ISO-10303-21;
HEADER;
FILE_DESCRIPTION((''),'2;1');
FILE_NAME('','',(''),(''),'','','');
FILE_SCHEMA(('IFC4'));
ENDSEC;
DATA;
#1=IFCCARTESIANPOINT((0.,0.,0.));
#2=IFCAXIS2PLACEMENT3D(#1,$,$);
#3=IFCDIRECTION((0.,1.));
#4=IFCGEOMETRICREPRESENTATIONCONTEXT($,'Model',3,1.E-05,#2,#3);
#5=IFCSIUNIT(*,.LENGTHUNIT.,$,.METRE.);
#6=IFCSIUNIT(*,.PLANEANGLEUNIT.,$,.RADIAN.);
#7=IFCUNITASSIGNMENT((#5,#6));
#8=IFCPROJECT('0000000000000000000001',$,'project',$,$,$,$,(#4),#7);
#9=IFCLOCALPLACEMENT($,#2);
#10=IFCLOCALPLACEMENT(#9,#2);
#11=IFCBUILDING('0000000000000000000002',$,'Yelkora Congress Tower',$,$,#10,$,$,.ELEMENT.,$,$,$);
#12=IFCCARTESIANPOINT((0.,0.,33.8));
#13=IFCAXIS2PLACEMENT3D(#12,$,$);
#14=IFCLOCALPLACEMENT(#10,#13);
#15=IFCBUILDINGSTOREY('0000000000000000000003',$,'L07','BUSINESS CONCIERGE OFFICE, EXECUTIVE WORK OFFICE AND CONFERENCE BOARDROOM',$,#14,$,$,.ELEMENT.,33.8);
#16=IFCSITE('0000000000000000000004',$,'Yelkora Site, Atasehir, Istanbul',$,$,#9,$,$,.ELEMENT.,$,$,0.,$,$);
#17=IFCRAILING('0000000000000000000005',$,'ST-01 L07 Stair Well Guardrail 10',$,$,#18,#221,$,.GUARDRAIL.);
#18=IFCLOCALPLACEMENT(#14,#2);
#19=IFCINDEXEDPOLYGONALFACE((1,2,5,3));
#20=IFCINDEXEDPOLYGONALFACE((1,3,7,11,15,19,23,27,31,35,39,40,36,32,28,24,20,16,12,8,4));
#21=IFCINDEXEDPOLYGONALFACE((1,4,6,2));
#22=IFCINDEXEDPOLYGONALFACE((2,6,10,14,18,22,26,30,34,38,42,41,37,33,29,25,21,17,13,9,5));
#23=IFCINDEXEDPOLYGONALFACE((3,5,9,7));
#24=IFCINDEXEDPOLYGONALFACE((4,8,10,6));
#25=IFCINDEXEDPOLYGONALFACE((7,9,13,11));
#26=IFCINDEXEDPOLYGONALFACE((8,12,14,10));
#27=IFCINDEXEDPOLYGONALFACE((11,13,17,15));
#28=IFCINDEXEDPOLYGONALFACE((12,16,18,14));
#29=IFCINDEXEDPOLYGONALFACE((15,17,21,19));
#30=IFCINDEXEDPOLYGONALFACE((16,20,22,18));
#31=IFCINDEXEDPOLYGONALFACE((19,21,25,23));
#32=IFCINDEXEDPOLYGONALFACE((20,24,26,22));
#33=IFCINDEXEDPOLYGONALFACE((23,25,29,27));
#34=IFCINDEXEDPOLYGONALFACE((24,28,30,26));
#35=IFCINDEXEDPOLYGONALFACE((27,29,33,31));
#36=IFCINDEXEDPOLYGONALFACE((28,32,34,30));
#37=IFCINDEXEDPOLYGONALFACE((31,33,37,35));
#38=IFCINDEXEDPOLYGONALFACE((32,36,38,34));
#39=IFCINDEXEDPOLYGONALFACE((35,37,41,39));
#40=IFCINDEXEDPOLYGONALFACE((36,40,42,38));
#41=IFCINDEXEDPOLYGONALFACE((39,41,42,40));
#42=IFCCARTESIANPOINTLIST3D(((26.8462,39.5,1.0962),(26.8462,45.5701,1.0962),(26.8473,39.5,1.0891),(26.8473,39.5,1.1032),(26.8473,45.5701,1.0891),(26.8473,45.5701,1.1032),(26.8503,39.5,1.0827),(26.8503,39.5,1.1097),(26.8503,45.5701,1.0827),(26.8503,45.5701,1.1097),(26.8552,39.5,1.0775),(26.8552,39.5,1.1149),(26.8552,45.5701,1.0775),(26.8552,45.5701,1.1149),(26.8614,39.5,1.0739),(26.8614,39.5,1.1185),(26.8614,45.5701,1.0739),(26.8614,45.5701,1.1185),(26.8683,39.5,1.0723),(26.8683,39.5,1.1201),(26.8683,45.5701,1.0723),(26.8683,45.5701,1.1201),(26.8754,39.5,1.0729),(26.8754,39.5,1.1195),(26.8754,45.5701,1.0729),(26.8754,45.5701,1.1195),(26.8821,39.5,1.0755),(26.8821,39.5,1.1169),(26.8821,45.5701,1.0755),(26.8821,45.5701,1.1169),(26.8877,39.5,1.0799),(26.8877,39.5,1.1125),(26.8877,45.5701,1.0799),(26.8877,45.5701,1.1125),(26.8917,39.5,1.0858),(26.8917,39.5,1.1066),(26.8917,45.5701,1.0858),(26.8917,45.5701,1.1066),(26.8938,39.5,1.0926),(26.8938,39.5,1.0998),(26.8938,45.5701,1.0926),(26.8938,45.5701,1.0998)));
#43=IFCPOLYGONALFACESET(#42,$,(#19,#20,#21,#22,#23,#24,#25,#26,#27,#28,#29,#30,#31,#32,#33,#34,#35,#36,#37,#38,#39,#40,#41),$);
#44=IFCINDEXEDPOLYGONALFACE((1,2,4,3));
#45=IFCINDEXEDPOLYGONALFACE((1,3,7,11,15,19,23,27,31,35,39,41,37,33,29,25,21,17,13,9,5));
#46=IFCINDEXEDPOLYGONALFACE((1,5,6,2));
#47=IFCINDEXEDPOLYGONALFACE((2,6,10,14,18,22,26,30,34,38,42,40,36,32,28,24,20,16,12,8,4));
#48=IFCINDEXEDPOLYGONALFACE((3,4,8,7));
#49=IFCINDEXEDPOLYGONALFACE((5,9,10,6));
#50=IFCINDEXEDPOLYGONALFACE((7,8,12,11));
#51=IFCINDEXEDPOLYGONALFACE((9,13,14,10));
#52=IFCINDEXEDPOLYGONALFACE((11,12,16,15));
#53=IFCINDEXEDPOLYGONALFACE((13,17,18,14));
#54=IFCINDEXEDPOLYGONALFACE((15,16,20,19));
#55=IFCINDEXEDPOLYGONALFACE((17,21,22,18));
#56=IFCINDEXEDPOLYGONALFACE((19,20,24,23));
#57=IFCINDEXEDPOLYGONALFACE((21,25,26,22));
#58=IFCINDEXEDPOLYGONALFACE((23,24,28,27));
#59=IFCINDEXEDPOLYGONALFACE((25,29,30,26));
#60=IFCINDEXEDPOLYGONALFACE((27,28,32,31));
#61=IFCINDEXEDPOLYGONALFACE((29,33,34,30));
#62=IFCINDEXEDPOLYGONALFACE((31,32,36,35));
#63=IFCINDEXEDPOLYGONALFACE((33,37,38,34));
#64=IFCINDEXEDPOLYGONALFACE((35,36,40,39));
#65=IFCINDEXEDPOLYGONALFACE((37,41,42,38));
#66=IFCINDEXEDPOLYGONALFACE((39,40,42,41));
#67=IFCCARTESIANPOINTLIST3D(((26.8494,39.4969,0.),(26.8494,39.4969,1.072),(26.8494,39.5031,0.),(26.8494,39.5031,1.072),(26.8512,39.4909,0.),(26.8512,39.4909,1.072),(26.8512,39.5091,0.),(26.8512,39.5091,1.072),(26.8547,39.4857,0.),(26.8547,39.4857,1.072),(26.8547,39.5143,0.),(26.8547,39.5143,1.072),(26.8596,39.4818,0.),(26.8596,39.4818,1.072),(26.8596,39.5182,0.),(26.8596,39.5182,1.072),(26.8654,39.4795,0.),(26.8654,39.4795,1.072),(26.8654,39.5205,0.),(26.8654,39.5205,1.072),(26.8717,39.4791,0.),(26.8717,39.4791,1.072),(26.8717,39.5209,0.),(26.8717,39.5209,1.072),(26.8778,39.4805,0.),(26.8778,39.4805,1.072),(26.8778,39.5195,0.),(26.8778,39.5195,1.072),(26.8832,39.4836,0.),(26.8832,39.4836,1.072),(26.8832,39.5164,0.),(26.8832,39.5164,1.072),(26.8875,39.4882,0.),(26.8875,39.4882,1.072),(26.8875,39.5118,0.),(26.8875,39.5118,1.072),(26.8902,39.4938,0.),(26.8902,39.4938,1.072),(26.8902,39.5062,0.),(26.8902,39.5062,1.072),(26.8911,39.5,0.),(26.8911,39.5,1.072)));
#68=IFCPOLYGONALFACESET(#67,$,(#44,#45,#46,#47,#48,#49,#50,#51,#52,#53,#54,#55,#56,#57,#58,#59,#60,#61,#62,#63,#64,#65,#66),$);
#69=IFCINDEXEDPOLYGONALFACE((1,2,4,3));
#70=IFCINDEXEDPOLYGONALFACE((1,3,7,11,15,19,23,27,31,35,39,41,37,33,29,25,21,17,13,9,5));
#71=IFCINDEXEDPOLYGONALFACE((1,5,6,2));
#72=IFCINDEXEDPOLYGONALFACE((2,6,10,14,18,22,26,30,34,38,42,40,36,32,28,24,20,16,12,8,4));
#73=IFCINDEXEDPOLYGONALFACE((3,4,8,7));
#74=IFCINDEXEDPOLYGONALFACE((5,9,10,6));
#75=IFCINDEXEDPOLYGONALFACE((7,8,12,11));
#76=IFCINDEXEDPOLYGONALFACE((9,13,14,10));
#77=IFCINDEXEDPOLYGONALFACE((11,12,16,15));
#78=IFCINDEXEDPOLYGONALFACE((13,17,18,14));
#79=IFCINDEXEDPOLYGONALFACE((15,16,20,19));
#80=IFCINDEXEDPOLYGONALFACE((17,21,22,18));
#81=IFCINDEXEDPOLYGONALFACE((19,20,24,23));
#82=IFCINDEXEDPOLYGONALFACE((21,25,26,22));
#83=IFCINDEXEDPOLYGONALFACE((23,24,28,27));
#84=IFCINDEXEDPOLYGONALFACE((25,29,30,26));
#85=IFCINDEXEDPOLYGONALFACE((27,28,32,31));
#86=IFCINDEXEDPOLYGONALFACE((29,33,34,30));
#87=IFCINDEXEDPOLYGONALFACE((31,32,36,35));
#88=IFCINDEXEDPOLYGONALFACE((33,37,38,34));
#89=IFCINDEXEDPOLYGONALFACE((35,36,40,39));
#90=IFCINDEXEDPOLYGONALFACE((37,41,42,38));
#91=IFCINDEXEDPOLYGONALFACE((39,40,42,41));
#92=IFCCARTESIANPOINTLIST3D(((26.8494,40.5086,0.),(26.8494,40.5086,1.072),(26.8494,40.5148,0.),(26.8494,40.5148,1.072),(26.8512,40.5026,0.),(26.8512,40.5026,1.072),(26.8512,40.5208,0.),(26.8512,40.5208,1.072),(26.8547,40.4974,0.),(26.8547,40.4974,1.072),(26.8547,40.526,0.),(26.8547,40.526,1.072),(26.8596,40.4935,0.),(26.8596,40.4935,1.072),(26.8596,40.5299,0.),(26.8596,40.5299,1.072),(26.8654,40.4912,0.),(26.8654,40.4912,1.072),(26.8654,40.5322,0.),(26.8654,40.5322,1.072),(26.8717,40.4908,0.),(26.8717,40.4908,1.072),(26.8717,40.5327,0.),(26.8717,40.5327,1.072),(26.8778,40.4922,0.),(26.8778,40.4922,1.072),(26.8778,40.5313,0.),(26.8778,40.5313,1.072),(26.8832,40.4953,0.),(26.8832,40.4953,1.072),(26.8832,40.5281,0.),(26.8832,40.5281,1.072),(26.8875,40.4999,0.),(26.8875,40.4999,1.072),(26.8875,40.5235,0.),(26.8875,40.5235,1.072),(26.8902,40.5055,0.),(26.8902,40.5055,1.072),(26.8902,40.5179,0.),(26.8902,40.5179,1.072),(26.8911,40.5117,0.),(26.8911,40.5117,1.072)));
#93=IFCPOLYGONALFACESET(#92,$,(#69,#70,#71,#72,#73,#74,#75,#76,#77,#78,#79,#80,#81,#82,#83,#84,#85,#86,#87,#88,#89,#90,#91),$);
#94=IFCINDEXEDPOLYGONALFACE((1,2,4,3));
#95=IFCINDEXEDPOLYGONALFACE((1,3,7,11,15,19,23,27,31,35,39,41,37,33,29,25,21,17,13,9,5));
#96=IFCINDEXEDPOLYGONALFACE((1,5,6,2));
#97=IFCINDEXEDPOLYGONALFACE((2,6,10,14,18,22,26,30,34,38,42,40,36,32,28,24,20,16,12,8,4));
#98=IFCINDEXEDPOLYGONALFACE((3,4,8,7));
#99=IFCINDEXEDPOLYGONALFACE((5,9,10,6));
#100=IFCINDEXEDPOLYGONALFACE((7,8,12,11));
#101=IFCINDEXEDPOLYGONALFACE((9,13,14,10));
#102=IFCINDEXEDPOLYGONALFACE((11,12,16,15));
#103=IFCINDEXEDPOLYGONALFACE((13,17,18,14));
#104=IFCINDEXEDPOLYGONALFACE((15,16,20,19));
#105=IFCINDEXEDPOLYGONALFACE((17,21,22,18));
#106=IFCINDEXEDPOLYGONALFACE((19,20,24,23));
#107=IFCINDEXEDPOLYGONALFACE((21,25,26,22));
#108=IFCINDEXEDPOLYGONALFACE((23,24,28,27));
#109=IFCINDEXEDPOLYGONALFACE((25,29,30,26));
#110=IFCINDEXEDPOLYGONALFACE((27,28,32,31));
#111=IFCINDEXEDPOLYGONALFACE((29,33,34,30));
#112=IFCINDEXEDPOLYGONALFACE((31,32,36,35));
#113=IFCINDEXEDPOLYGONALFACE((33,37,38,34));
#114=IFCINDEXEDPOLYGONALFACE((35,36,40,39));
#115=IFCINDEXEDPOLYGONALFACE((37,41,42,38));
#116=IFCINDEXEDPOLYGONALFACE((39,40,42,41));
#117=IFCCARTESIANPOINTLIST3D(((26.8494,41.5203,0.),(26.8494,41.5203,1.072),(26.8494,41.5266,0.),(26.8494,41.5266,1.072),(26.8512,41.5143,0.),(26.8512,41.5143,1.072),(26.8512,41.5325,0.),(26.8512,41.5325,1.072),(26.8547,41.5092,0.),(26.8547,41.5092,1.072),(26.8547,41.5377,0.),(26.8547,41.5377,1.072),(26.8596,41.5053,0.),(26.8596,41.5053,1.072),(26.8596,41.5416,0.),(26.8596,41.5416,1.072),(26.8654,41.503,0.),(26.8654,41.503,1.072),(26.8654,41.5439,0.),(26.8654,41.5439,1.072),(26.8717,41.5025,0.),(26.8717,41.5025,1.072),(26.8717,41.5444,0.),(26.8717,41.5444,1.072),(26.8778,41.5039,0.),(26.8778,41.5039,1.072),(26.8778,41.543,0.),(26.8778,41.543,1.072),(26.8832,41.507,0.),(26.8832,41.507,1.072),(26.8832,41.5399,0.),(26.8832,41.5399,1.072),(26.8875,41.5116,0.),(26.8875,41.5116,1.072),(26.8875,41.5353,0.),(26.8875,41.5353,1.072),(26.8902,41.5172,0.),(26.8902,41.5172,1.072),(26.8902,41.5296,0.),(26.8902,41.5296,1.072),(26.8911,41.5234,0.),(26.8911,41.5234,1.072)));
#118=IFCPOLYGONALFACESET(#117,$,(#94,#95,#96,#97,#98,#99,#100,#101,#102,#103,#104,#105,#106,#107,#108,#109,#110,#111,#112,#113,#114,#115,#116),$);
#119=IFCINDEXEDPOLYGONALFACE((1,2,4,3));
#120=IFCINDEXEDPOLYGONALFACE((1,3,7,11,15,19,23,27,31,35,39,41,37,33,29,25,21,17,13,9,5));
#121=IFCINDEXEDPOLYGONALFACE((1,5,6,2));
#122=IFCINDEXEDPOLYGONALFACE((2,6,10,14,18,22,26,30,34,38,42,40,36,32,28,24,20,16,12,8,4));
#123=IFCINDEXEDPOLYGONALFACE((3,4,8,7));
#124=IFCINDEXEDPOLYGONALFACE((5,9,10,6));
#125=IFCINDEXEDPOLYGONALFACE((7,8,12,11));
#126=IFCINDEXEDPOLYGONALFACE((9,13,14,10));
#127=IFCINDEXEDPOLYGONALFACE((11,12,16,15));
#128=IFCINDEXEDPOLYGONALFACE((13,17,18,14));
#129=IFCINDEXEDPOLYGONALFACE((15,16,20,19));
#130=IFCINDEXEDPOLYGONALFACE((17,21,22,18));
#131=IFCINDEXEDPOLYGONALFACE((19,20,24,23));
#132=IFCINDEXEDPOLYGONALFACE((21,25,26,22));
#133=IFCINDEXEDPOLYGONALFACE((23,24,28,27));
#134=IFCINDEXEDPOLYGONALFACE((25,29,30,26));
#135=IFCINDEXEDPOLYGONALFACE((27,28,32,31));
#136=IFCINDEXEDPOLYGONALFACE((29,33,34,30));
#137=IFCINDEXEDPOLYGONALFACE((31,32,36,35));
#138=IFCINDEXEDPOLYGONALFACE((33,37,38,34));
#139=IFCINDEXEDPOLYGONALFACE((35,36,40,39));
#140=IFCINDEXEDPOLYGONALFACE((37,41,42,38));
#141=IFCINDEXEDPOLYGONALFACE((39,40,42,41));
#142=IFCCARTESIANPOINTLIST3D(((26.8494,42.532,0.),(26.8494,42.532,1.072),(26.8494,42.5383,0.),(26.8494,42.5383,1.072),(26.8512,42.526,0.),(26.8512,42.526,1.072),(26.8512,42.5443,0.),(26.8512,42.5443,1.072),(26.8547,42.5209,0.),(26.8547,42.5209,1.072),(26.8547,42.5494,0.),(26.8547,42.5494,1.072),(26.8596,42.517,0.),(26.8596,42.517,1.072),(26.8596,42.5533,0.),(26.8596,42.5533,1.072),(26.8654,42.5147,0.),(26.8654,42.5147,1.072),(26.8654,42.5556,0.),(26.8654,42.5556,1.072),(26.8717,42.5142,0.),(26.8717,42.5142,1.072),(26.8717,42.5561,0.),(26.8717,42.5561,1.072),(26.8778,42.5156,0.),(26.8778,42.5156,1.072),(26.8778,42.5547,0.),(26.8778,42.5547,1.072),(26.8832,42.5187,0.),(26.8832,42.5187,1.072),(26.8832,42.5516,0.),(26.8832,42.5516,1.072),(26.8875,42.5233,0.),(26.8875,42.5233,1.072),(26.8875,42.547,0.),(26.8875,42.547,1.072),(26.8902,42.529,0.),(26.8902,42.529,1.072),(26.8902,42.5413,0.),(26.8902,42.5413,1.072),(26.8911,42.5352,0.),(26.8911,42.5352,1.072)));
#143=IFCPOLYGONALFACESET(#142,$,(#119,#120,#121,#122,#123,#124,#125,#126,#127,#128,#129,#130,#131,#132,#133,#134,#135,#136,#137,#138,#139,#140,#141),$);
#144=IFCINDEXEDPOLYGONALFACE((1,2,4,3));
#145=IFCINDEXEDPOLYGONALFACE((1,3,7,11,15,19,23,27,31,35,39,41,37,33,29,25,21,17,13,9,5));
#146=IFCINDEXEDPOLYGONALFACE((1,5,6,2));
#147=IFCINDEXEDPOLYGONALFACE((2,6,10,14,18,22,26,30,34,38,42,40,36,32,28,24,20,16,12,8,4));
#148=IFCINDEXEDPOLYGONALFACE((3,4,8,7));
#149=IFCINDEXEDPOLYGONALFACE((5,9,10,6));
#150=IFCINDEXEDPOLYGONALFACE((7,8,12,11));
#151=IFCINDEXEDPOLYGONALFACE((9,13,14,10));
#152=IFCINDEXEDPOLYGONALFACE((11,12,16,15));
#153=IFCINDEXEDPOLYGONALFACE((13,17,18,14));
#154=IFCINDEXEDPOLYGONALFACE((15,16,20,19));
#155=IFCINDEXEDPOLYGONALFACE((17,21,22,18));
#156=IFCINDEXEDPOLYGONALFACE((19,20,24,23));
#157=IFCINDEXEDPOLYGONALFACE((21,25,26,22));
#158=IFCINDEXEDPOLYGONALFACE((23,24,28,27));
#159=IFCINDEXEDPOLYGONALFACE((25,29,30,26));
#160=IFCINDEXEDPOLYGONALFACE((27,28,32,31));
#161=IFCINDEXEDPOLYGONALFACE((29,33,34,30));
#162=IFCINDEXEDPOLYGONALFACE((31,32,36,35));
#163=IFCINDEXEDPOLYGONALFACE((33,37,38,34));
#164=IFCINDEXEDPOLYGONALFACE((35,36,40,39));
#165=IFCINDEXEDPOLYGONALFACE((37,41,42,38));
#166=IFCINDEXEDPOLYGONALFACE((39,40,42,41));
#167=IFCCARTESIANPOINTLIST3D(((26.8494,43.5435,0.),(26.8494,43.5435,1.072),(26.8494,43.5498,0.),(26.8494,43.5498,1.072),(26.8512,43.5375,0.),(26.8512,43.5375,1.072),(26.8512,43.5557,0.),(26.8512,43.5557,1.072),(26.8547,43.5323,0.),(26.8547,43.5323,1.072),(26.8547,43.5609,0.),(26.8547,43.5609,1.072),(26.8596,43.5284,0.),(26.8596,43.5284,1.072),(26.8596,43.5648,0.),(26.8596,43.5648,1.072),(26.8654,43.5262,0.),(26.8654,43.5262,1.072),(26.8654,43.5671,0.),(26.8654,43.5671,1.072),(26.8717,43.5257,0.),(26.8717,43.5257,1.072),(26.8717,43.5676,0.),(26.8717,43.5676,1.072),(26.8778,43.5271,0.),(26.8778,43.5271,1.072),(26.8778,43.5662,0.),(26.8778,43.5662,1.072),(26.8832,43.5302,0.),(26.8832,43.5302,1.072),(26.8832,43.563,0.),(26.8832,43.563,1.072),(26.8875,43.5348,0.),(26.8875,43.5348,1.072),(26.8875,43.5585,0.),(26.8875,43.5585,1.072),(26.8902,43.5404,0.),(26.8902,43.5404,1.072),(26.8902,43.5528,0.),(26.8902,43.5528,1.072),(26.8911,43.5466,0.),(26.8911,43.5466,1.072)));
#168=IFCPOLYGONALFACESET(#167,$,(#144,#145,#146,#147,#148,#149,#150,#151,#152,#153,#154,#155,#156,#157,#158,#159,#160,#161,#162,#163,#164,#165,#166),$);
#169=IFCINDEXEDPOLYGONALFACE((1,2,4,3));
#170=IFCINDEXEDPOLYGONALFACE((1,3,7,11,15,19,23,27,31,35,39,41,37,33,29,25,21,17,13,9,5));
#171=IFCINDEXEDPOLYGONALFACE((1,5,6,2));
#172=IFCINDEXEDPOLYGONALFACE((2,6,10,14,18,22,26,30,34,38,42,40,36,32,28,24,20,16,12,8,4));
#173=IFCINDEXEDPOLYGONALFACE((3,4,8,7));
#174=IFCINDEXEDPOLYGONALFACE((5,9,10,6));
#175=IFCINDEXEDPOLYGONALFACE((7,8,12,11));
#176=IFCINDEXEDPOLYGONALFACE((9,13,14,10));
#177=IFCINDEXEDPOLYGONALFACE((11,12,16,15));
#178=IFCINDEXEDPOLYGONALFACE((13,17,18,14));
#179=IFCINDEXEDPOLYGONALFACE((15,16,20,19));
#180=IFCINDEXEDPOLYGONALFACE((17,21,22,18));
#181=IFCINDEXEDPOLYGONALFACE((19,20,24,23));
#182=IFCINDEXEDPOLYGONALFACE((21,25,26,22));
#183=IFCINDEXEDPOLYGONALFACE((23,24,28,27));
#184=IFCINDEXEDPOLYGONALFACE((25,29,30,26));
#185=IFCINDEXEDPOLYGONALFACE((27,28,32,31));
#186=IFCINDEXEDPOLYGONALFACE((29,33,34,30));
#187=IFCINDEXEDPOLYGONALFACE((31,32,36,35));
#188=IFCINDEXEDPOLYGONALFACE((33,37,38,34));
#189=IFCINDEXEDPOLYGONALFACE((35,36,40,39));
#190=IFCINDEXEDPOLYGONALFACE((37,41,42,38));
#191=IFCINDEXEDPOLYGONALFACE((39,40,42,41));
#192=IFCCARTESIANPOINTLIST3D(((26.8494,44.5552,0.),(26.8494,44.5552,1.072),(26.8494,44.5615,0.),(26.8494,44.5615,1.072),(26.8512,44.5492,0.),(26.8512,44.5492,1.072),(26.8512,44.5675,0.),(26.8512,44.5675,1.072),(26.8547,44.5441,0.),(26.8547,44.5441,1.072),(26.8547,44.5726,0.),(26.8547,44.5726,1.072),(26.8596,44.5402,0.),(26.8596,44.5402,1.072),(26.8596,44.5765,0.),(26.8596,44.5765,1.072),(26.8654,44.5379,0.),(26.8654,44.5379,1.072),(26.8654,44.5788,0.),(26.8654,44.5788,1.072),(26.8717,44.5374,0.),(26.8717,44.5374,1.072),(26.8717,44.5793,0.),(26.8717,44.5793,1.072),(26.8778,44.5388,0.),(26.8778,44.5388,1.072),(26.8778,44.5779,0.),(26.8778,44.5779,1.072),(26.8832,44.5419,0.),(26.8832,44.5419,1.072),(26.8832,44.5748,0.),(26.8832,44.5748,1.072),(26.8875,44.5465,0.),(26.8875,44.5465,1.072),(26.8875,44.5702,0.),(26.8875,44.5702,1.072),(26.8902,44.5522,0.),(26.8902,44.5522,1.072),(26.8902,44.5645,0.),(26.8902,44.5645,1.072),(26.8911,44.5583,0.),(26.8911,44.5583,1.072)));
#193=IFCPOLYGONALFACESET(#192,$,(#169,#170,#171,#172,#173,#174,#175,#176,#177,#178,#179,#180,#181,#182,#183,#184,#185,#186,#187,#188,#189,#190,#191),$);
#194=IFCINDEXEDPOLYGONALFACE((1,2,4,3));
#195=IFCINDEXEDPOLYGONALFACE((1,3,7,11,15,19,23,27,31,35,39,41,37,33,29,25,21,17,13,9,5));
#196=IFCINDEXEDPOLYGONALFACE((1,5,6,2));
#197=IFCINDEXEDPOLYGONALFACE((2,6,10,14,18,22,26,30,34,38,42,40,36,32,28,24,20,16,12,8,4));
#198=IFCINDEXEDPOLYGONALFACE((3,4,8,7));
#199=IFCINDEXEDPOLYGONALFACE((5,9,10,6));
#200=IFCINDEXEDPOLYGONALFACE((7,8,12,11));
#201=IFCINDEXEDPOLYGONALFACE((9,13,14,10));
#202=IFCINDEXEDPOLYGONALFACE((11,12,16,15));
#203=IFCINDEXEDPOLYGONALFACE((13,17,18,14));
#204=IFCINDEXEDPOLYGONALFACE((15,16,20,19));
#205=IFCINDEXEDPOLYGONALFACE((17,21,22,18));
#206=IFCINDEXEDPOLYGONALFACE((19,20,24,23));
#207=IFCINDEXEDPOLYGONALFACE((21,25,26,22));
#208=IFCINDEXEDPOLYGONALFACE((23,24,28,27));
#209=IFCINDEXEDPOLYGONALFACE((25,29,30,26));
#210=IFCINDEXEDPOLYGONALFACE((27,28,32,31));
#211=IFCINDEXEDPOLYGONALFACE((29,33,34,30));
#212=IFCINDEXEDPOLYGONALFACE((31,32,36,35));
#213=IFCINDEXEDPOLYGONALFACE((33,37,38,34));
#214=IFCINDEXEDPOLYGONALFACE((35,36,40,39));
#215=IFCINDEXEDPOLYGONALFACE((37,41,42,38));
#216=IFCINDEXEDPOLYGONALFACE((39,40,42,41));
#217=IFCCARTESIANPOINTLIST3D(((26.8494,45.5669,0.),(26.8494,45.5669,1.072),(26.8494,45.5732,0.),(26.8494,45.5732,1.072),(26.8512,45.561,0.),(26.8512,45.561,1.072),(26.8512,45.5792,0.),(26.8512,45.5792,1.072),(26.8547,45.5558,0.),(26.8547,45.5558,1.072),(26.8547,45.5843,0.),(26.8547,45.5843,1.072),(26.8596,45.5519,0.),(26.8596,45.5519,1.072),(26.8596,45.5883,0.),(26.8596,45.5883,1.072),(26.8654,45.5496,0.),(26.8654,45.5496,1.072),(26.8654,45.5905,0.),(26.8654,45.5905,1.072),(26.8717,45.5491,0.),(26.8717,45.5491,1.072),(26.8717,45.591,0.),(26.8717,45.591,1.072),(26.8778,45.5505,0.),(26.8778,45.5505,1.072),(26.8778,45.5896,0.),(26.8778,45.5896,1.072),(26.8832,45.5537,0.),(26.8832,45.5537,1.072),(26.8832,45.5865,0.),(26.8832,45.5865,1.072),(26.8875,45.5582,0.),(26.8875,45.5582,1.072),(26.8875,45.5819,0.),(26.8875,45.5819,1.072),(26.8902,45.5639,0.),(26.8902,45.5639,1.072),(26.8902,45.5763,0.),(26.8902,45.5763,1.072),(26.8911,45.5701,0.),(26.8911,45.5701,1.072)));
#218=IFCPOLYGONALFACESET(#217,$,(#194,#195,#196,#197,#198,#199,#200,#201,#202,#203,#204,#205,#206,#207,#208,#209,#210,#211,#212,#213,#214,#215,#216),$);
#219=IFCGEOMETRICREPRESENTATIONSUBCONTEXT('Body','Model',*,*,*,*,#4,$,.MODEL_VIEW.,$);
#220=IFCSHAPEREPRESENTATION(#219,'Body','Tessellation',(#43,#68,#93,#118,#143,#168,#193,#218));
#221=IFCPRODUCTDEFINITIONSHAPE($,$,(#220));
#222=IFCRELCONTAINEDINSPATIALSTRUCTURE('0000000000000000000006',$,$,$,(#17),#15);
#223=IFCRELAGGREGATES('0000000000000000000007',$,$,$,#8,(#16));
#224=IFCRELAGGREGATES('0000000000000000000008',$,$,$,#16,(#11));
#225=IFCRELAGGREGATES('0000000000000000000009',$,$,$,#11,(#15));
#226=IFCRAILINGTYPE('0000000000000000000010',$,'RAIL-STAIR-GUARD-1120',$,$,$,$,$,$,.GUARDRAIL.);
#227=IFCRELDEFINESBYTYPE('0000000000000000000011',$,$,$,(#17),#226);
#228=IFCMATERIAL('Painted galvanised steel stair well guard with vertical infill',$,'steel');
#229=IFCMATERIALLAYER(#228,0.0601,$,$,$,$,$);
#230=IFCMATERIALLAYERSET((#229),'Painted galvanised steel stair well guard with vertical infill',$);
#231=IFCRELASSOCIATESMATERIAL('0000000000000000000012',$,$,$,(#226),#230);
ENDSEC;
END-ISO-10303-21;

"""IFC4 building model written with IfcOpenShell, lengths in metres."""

from ifc_helpers import new_model, si_unit, direction, frame, origin, origin_2d, place, context, subcontext, project, spatial, circle, extrude, material, layer, layer_set, type_object, element, save


model = new_model("IFC4")

# Units and contexts
model_context = context("Model", 3, precision=1e-05, world=origin(), true_north=direction((0.0, 1.0)))
body_context = subcontext(model_context, "Body", "Model", "MODEL_VIEW")
ifc_project = project(units=[si_unit("LENGTHUNIT", "METRE"), si_unit("PLANEANGLEUNIT", "RADIAN")], contexts=[model_context])

# Site, building, storey
site_placement = place(None, origin())
site = spatial("IfcSite", under=ifc_project, at=site_placement, Name="Yelkora Site, Atasehir, Istanbul", CompositionType="ELEMENT", RefElevation=0.0)
building_placement = place(site_placement, origin())
building = spatial("IfcBuilding", under=site, at=building_placement, Name="Yelkora Congress Tower", CompositionType="ELEMENT")
storey_placement = place(building_placement, frame((0.0, 0.0, 33.8)))
storey = spatial("IfcBuildingStorey", under=building, at=storey_placement, Name="L07", Description="BUSINESS CONCIERGE OFFICE, EXECUTIVE WORK OFFICE AND CONFERENCE BOARDROOM", CompositionType="ELEMENT", Elevation=33.8)

# Railing
ifc_material_1 = material(Name="Painted galvanised steel stair well guard with vertical infill", Category="steel")
ifc_layer_1 = layer(ifc_material_1, 0.0601)
ifc_layer_set_1 = layer_set([ifc_layer_1], Name="Painted galvanised steel stair well guard with vertical infill")
railing_type_1 = type_object("IfcRailingType", Name="RAIL-STAIR-GUARD-1120", PredefinedType="GUARDRAIL", material=ifc_layer_set_1)
railing_1_placement = place(storey_placement, frame((26.8701, 39.5, 0.0)))
element("IfcRailing", 1, at=railing_1_placement, inside=storey, type_object=railing_type_1, Name="ST-01 L07 Stair Well Guardrail 10", PredefinedType="GUARDRAIL", context=body_context, shape_type="SweptSolid", body=[
    extrude(circle(Radius=0.0239, at=origin_2d()), frame((0.0, 0.0, 1.0962), z_axis=(0.0, 1.0, 0.0), x_axis=(-1.0, 0.0, 0.0)), (0.0, 0.0, 1.0), 6.0701),
    extrude(circle(Radius=0.021, at=origin_2d()), origin(), (0.0, 0.0, 1.0), 1.072),
    extrude(circle(Radius=0.021, at=origin_2d()), frame((0.0, 1.0117, 0.0)), (0.0, 0.0, 1.0), 1.072),
    extrude(circle(Radius=0.021, at=origin_2d()), frame((0.0, 2.0234, 0.0)), (0.0, 0.0, 1.0), 1.072),
    extrude(circle(Radius=0.021, at=origin_2d()), frame((0.0, 3.0352, 0.0)), (0.0, 0.0, 1.0), 1.072),
    extrude(circle(Radius=0.021, at=origin_2d()), frame((0.0, 4.0466, 0.0)), (0.0, 0.0, 1.0), 1.072),
    extrude(circle(Radius=0.021, at=origin_2d()), frame((0.0, 5.0583, 0.0)), (0.0, 0.0, 1.0), 1.072),
    extrude(circle(Radius=0.021, at=origin_2d()), frame((0.0, 6.0701, 0.0)), (0.0, 0.0, 1.0), 1.072),
])

save(model, "model.ifc")
